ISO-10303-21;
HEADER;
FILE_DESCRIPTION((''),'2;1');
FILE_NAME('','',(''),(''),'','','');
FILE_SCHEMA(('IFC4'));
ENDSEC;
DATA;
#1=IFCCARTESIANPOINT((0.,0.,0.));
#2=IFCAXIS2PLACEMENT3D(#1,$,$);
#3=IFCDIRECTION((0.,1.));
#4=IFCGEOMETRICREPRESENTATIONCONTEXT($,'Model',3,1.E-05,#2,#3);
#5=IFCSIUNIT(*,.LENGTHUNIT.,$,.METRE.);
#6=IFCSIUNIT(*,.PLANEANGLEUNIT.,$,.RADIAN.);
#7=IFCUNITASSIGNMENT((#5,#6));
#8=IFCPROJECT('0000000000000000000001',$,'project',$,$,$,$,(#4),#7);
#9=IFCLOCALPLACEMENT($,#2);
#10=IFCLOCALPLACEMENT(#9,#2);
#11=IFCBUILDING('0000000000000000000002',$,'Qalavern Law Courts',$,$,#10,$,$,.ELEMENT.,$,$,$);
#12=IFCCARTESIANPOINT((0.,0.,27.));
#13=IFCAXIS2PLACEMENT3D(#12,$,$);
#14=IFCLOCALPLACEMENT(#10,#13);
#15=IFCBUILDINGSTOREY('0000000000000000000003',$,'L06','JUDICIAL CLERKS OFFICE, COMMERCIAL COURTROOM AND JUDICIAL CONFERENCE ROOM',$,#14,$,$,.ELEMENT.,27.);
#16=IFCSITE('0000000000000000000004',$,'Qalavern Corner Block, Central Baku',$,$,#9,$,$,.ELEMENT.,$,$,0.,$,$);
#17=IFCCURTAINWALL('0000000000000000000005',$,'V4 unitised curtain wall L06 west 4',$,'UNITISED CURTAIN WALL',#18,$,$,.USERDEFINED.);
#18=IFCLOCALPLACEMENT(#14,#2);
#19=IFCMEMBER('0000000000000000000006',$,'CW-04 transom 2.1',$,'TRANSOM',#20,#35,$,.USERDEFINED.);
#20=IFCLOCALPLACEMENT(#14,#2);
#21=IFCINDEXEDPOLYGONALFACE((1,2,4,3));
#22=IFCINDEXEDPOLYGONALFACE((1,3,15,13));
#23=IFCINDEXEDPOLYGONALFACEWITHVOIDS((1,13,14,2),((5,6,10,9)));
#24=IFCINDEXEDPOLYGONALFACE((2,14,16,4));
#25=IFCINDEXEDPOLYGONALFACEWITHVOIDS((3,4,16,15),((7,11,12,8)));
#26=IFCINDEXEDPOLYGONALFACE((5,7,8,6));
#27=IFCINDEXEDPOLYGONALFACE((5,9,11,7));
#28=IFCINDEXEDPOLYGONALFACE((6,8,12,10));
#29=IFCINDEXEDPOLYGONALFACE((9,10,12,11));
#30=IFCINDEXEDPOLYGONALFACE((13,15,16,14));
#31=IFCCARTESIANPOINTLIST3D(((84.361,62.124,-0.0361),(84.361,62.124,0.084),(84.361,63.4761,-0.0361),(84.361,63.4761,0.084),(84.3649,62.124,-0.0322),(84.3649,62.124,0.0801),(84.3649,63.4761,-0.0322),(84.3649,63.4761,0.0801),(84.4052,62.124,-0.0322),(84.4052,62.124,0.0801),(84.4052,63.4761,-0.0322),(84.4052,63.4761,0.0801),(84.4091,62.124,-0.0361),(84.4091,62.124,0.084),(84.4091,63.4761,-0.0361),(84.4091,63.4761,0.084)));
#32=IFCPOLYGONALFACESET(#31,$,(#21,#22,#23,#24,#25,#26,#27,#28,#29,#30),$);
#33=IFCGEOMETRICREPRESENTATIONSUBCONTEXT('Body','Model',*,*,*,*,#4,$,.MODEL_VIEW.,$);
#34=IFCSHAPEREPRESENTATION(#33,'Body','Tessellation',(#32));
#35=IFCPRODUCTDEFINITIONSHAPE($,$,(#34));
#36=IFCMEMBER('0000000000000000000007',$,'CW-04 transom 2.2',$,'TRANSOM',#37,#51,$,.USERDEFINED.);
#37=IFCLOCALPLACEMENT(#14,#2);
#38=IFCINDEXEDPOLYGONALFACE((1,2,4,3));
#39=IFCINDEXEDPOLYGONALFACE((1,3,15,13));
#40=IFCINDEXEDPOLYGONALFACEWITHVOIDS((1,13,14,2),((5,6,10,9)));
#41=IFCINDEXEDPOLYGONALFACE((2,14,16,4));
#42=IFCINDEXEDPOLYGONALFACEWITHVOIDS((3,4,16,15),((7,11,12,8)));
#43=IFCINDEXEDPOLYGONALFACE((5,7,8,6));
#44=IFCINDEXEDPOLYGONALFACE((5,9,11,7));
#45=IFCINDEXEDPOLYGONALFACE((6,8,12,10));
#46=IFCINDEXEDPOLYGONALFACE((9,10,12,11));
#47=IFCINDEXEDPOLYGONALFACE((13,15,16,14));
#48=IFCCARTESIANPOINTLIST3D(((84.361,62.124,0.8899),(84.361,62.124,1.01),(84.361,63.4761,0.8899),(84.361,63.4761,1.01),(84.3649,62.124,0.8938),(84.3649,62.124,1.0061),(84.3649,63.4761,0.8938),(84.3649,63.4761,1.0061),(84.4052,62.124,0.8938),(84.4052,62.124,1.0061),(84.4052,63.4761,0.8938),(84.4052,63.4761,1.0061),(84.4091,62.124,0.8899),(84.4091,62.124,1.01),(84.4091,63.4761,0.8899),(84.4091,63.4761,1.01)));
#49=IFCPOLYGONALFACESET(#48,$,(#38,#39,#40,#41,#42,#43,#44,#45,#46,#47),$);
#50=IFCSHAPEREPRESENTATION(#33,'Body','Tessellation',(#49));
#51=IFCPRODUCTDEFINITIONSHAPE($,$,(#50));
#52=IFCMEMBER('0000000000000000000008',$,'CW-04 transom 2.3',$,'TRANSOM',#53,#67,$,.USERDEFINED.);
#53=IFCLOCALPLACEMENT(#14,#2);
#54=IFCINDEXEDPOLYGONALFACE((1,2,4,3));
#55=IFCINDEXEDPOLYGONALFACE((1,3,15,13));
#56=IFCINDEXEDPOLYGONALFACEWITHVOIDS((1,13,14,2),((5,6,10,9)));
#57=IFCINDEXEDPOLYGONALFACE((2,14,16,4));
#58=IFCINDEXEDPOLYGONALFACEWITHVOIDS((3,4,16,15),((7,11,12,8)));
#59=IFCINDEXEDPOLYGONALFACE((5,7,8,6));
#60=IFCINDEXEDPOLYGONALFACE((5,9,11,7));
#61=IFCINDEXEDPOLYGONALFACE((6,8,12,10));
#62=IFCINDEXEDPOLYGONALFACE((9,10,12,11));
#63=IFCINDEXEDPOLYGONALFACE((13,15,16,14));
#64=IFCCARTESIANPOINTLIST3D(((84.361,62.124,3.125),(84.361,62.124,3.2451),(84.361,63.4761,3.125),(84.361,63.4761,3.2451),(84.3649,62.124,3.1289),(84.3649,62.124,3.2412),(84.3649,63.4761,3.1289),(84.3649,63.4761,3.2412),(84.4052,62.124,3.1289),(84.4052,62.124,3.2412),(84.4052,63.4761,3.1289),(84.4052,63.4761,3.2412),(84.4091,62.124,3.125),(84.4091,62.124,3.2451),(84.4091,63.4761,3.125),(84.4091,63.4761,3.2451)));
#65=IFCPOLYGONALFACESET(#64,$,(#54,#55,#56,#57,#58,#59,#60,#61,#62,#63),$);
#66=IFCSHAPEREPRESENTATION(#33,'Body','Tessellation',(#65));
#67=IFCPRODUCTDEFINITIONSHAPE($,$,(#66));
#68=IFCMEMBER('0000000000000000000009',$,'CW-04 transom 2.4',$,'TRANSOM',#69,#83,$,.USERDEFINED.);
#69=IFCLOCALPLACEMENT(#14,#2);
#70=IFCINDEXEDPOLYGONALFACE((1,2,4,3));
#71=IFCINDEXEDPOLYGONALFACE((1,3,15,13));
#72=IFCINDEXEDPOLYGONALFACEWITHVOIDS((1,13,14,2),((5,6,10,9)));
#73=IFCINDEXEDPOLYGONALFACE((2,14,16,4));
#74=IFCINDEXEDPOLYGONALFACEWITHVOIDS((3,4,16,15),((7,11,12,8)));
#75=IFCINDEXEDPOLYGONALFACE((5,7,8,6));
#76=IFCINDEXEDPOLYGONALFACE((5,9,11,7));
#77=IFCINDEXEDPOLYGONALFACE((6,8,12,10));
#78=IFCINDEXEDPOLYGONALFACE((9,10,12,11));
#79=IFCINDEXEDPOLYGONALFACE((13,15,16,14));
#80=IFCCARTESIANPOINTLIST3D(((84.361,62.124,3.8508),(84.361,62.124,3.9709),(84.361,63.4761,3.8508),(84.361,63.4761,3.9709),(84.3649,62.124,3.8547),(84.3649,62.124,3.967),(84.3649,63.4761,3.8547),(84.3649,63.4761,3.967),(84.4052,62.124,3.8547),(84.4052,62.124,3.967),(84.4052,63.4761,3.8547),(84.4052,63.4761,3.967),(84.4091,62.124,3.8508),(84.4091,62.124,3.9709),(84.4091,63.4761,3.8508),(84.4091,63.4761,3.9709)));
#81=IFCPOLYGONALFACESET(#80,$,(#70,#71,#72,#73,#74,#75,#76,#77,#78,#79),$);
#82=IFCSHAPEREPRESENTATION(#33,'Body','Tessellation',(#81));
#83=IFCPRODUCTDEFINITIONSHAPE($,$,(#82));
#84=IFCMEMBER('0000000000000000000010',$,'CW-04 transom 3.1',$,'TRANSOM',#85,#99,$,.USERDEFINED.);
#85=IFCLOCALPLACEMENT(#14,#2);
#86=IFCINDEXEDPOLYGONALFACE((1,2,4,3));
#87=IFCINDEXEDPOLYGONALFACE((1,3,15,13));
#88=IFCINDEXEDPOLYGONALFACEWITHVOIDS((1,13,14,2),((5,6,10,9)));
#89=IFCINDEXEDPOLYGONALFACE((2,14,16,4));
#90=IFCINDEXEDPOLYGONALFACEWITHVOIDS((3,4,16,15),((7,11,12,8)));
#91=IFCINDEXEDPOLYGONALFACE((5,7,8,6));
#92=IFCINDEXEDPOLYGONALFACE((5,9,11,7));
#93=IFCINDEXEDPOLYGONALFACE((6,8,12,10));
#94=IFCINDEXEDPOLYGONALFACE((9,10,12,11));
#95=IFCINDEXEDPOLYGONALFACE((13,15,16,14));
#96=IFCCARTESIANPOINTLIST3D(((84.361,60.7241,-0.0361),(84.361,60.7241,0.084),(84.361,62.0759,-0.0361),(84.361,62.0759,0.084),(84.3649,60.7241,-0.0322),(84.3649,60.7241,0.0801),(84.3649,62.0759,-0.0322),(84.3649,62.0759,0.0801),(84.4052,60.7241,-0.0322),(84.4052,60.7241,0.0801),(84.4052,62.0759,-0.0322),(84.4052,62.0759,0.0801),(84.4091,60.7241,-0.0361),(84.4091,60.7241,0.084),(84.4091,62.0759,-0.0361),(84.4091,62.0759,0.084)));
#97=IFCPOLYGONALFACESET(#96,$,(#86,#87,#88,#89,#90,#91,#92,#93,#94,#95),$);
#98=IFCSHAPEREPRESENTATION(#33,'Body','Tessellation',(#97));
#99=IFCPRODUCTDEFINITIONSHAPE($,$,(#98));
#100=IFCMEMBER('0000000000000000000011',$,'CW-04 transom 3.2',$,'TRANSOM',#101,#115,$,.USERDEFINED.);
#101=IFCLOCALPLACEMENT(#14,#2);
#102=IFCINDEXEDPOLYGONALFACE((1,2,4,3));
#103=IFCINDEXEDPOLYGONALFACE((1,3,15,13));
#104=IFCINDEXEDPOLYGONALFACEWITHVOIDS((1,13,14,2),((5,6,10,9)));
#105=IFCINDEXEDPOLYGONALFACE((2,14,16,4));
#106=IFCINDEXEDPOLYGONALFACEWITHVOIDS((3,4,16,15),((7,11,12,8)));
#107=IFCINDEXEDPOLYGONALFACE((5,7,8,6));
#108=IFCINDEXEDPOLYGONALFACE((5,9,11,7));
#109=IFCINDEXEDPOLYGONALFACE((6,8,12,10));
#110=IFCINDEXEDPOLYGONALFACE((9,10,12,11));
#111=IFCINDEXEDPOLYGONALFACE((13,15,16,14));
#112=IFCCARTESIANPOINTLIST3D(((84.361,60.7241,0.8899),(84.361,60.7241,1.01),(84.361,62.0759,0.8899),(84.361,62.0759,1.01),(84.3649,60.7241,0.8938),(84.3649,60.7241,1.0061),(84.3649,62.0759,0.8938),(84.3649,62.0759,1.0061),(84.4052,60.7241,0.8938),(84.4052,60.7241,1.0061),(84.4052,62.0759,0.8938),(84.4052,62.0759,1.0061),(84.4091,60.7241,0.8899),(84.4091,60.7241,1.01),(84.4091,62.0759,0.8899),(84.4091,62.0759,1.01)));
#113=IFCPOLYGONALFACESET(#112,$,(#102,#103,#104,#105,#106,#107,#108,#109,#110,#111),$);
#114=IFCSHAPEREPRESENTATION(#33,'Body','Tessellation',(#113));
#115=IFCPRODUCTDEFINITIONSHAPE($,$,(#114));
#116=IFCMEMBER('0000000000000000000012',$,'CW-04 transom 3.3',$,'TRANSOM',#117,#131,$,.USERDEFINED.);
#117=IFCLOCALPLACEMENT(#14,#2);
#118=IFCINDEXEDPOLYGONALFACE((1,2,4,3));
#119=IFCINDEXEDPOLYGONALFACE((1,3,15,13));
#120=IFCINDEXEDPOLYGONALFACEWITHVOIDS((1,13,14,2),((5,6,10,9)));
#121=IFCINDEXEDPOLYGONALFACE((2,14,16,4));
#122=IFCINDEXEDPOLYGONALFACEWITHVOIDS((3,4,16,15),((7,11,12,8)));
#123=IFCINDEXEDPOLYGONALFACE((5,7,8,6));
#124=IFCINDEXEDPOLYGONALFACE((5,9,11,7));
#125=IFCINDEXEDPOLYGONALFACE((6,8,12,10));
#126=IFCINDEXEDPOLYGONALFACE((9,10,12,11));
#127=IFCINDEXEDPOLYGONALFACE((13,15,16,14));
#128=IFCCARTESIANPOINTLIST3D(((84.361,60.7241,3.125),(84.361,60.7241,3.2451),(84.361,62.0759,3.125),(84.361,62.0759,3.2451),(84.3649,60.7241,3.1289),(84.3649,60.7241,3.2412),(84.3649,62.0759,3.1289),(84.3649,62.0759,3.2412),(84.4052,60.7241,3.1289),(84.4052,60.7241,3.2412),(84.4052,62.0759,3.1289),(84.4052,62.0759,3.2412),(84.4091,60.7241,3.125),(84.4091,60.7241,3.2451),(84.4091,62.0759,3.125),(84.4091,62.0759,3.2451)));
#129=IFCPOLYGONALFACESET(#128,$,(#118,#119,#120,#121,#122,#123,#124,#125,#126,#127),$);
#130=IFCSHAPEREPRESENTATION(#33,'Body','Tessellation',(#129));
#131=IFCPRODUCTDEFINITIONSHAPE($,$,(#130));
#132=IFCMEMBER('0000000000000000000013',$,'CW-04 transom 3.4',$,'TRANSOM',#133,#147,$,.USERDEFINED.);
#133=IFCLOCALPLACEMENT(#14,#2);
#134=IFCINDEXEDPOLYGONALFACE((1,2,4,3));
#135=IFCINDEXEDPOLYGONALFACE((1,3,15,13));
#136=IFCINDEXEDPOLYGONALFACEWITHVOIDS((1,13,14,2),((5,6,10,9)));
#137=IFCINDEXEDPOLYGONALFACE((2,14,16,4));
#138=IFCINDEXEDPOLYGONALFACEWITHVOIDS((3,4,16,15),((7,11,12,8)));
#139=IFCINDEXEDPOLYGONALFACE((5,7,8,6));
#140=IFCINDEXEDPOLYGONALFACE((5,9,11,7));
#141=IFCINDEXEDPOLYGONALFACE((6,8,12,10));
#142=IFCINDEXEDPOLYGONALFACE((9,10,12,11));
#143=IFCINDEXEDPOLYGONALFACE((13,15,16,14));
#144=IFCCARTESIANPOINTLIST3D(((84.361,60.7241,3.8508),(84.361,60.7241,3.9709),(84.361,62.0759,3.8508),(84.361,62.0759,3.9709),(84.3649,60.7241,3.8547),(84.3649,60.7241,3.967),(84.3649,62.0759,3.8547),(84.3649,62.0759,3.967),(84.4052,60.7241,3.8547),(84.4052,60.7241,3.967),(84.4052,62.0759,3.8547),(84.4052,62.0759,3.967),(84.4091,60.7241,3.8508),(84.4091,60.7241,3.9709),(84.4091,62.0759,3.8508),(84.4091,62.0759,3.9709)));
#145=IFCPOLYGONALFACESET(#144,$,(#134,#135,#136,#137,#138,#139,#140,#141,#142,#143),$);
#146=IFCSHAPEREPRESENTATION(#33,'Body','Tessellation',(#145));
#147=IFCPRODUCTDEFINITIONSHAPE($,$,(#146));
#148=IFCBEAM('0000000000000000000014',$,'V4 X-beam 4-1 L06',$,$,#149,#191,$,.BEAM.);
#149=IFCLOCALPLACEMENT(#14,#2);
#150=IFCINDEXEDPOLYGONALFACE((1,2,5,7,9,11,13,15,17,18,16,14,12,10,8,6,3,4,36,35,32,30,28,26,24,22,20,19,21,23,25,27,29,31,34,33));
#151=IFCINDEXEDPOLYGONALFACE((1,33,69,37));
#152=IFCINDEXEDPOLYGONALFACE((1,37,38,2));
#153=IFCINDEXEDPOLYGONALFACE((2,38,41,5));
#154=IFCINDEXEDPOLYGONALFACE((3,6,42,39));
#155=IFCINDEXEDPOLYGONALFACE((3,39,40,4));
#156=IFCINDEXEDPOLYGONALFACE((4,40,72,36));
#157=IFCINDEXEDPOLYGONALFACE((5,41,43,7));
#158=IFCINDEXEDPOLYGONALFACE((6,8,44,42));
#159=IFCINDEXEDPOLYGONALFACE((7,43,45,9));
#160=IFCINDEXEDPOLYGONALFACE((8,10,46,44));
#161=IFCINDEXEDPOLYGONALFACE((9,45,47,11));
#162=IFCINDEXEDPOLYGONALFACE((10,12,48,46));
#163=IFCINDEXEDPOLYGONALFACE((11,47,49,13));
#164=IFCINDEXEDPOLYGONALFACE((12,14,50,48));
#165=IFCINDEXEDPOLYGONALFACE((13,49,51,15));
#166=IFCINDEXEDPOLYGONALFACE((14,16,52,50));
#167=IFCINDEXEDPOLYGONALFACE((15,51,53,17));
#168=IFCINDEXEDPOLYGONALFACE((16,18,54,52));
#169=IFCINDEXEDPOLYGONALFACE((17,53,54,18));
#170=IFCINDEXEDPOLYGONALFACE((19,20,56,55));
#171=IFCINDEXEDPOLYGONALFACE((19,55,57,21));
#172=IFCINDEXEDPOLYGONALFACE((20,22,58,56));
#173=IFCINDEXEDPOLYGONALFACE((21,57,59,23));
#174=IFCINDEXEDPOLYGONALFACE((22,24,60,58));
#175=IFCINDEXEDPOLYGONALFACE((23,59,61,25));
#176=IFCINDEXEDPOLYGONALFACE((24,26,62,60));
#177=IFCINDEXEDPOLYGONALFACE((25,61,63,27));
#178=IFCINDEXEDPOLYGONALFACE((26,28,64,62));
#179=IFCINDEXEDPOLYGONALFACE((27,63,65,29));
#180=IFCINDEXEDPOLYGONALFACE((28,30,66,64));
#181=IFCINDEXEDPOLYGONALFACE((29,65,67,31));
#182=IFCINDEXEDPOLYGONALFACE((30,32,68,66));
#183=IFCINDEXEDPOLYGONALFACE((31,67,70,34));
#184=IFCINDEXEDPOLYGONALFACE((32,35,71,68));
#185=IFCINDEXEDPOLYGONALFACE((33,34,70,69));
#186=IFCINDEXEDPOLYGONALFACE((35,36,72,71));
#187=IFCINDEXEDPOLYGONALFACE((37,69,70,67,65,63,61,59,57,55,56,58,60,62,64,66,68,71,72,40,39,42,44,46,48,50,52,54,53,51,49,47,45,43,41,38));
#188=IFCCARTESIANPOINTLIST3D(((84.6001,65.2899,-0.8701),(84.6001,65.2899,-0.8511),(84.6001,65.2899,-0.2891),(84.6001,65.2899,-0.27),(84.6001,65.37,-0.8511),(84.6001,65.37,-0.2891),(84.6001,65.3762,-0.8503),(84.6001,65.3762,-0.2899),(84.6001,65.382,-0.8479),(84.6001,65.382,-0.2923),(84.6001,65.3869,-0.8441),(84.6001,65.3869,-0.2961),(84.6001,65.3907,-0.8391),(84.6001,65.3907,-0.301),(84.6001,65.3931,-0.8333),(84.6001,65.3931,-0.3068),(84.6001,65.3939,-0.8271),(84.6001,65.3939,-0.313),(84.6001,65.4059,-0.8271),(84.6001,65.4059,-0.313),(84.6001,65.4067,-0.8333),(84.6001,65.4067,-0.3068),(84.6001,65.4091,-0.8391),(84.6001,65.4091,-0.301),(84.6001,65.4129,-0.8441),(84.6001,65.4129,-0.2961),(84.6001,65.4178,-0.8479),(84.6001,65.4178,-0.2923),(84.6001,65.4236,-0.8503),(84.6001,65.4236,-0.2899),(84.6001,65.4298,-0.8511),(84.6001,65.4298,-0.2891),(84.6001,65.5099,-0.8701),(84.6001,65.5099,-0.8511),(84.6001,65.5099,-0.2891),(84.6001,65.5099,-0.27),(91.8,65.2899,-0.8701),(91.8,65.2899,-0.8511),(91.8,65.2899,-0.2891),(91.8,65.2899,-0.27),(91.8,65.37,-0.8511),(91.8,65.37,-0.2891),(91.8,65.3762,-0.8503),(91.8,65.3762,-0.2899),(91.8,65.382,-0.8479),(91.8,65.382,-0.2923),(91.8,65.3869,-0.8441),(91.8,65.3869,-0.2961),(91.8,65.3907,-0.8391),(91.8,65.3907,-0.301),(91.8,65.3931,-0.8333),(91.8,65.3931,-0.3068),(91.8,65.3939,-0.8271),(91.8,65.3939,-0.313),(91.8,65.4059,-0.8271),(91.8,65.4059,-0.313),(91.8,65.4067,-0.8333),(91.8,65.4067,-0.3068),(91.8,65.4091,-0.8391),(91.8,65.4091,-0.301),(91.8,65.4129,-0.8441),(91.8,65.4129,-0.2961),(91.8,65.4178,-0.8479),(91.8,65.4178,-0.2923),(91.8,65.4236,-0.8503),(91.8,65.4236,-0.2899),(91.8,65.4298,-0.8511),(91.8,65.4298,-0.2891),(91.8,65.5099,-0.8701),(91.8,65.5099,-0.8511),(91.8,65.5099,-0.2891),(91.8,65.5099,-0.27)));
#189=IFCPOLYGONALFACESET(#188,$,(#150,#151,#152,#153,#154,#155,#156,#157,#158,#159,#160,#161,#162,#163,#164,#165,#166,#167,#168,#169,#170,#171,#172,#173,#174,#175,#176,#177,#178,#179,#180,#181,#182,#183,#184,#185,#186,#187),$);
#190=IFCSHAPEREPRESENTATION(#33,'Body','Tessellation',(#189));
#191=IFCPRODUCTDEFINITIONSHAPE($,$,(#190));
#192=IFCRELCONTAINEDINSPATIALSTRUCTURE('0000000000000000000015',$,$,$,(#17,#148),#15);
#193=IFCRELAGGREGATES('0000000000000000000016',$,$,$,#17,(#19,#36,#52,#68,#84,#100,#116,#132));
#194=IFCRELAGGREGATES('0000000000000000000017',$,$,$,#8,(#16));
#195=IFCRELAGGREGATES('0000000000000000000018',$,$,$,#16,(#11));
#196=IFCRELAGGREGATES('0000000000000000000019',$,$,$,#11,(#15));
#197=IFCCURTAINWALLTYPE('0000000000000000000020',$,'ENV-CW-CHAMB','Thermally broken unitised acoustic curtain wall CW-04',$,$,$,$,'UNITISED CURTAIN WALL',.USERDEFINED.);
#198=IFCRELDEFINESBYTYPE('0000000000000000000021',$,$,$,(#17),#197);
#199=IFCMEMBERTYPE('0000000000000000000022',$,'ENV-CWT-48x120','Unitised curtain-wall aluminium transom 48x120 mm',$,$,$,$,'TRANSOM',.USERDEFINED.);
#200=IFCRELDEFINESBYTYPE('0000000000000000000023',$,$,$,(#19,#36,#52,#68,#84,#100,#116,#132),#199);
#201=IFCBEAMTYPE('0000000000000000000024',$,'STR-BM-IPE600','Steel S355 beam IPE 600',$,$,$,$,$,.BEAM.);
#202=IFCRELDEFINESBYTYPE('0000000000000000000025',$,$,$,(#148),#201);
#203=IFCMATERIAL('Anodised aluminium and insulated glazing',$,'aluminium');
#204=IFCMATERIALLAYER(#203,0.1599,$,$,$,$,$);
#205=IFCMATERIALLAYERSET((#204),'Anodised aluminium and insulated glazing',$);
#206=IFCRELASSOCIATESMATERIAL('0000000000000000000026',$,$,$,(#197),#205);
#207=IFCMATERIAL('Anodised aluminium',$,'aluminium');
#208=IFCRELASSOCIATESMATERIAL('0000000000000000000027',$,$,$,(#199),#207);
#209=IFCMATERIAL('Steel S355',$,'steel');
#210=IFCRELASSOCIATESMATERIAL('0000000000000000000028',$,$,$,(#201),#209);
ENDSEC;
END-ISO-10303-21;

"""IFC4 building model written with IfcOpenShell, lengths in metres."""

from ifc_helpers import new_model, si_unit, direction, frame, origin, origin_2d, place, context, subcontext, project, spatial, hollow_rectangle, i_section, extrude, material, layer, layer_set, material_profile, profile_set, type_object, element, aggregate, save


model = new_model("IFC4")

# Units and contexts
model_context = context("Model", 3, precision=1e-05, world=origin(), true_north=direction((0.0, 1.0)))
body_context = subcontext(model_context, "Body", "Model", "MODEL_VIEW")
ifc_project = project(units=[si_unit("LENGTHUNIT", "METRE"), si_unit("PLANEANGLEUNIT", "RADIAN")], contexts=[model_context])

# Site, building, storey
site_placement = place(None, origin())
site = spatial("IfcSite", under=ifc_project, at=site_placement, Name="Qalavern Corner Block, Central Baku", CompositionType="ELEMENT", RefElevation=0.0)
building_placement = place(site_placement, origin())
building = spatial("IfcBuilding", under=site, at=building_placement, Name="Qalavern Law Courts", CompositionType="ELEMENT")
storey_placement = place(building_placement, frame((0.0, 0.0, 27.0)))
storey = spatial("IfcBuildingStorey", under=building, at=storey_placement, Name="L06", Description="JUDICIAL CLERKS OFFICE, COMMERCIAL COURTROOM AND JUDICIAL CONFERENCE ROOM", CompositionType="ELEMENT", Elevation=27.0)

# Shared definitions
ifc_material_1 = material(Name="Anodised aluminium and insulated glazing", Category="aluminium")
ifc_layer_1 = layer(ifc_material_1, 0.1599)
ifc_layer_set_1 = layer_set([ifc_layer_1], Name="Anodised aluminium and insulated glazing")
curtain_wall_type = type_object("IfcCurtainWallType", Name="ENV-CW-CHAMB", Description="Thermally broken unitised acoustic curtain wall CW-04", ElementType="UNITISED CURTAIN WALL", PredefinedType="USERDEFINED", material=ifc_layer_set_1)
ifc_material_2 = material(Name="Anodised aluminium", Category="aluminium")

# Curtain wall
curtain_wall_1_placement = place(storey_placement, origin())
curtain_wall_1 = element("IfcCurtainWall", 1, at=curtain_wall_1_placement, inside=storey, type_object=curtain_wall_type, Name="V4 unitised curtain wall L06 west 4", ObjectType="UNITISED CURTAIN WALL", PredefinedType="USERDEFINED")

# Members
ifc_material_profile_1 = material_profile(ifc_material_2, hollow_rectangle(XDim=0.0481, YDim=0.1201, WallThickness=0.0039, at=origin_2d()), Name="ALU TRANSOM 48x120")
ifc_profile_set_1 = profile_set([ifc_material_profile_1], Name="Anodised aluminium")
member_type_1 = type_object("IfcMemberType", Name="ENV-CWT-48x120", Description="Unitised curtain-wall aluminium transom 48x120 mm", ElementType="TRANSOM", PredefinedType="USERDEFINED", material=ifc_profile_set_1)
member_1_placement = place(storey_placement, frame((84.385, 63.4761, 0.0239), z_axis=(0.0, -1.0, 0.0), x_axis=(1.0, 0.0, 0.0)))
member_1 = element("IfcMember", 2, at=member_1_placement, type_object=member_type_1, Name="CW-04 transom 2.1", ObjectType="TRANSOM", PredefinedType="USERDEFINED", context=body_context, shape_type="SweptSolid", body=[
    extrude(hollow_rectangle(XDim=0.0481, YDim=0.1201, WallThickness=0.0039, at=origin_2d()), origin(), (0.0, 0.0, 1.0), 1.3521),
])
member_2_placement = place(storey_placement, frame((84.385, 63.4761, 0.95), z_axis=(0.0, -1.0, 0.0), x_axis=(1.0, 0.0, 0.0)))
member_2 = element("IfcMember", 3, at=member_2_placement, type_object=member_type_1, Name="CW-04 transom 2.2", ObjectType="TRANSOM", PredefinedType="USERDEFINED", context=body_context, shape_type="SweptSolid", body=[
    extrude(hollow_rectangle(XDim=0.0481, YDim=0.1201, WallThickness=0.0039, at=origin_2d()), origin(), (0.0, 0.0, 1.0), 1.3521),
])
member_3_placement = place(storey_placement, frame((84.385, 63.4761, 3.1851), z_axis=(0.0, -1.0, 0.0), x_axis=(1.0, 0.0, 0.0)))
member_3 = element("IfcMember", 4, at=member_3_placement, type_object=member_type_1, Name="CW-04 transom 2.3", ObjectType="TRANSOM", PredefinedType="USERDEFINED", context=body_context, shape_type="SweptSolid", body=[
    extrude(hollow_rectangle(XDim=0.0481, YDim=0.1201, WallThickness=0.0039, at=origin_2d()), origin(), (0.0, 0.0, 1.0), 1.3521),
])
member_4_placement = place(storey_placement, frame((84.385, 63.4761, 3.9109), z_axis=(0.0, -1.0, 0.0), x_axis=(1.0, 0.0, 0.0)))
member_4 = element("IfcMember", 5, at=member_4_placement, type_object=member_type_1, Name="CW-04 transom 2.4", ObjectType="TRANSOM", PredefinedType="USERDEFINED", context=body_context, shape_type="SweptSolid", body=[
    extrude(hollow_rectangle(XDim=0.0481, YDim=0.1201, WallThickness=0.0039, at=origin_2d()), origin(), (0.0, 0.0, 1.0), 1.3521),
])
member_5_placement = place(storey_placement, frame((84.385, 62.0759, 0.0239), z_axis=(0.0, -1.0, 0.0), x_axis=(1.0, 0.0, 0.0)))
member_5 = element("IfcMember", 6, at=member_5_placement, type_object=member_type_1, Name="CW-04 transom 3.1", ObjectType="TRANSOM", PredefinedType="USERDEFINED", context=body_context, shape_type="SweptSolid", body=[
    extrude(hollow_rectangle(XDim=0.0481, YDim=0.1201, WallThickness=0.0039, at=origin_2d()), origin(), (0.0, 0.0, 1.0), 1.3518),
])
member_6_placement = place(storey_placement, frame((84.385, 62.0759, 0.95), z_axis=(0.0, -1.0, 0.0), x_axis=(1.0, 0.0, 0.0)))
member_6 = element("IfcMember", 7, at=member_6_placement, type_object=member_type_1, Name="CW-04 transom 3.2", ObjectType="TRANSOM", PredefinedType="USERDEFINED", context=body_context, shape_type="SweptSolid", body=[
    extrude(hollow_rectangle(XDim=0.0481, YDim=0.1201, WallThickness=0.0039, at=origin_2d()), origin(), (0.0, 0.0, 1.0), 1.3518),
])
member_7_placement = place(storey_placement, frame((84.385, 62.0759, 3.1851), z_axis=(0.0, -1.0, 0.0), x_axis=(1.0, 0.0, 0.0)))
member_7 = element("IfcMember", 8, at=member_7_placement, type_object=member_type_1, Name="CW-04 transom 3.3", ObjectType="TRANSOM", PredefinedType="USERDEFINED", context=body_context, shape_type="SweptSolid", body=[
    extrude(hollow_rectangle(XDim=0.0481, YDim=0.1201, WallThickness=0.0039, at=origin_2d()), origin(), (0.0, 0.0, 1.0), 1.3518),
])
member_8_placement = place(storey_placement, frame((84.385, 62.0759, 3.9109), z_axis=(0.0, -1.0, 0.0), x_axis=(1.0, 0.0, 0.0)))
member_8 = element("IfcMember", 9, at=member_8_placement, type_object=member_type_1, Name="CW-04 transom 3.4", ObjectType="TRANSOM", PredefinedType="USERDEFINED", context=body_context, shape_type="SweptSolid", body=[
    extrude(hollow_rectangle(XDim=0.0481, YDim=0.1201, WallThickness=0.0039, at=origin_2d()), origin(), (0.0, 0.0, 1.0), 1.3518),
])

# Beam
ifc_material_3 = material(Name="Steel S355", Category="steel")
ifc_material_profile_2 = material_profile(ifc_material_3, i_section(OverallWidth=0.22, OverallDepth=0.6001, WebThickness=0.012, FlangeThickness=0.019, FilletRadius=0.0239, at=origin_2d()), Name="IPE 600")
ifc_profile_set_2 = profile_set([ifc_material_profile_2], Name="Steel S355")
beam_type_1 = type_object("IfcBeamType", Name="STR-BM-IPE600", Description="Steel S355 beam IPE 600", PredefinedType="BEAM", material=ifc_profile_set_2)
beam_1_placement = place(storey_placement, frame((84.6001, 65.3999, -0.5701), z_axis=(1.0, 0.0, 0.0), x_axis=(0.0, 1.0, 0.0)))
element("IfcBeam", 10, at=beam_1_placement, inside=storey, type_object=beam_type_1, Name="V4 X-beam 4-1 L06", PredefinedType="BEAM", context=body_context, shape_type="SweptSolid", body=[
    extrude(i_section(OverallWidth=0.22, OverallDepth=0.6001, WebThickness=0.012, FlangeThickness=0.019, FilletRadius=0.0239, at=origin_2d()), origin(), (0.0, 0.0, 1.0), 7.2),
])

aggregate(curtain_wall_1, [member_1, member_2, member_3, member_4, member_5, member_6, member_7, member_8])

save(model, "model.ifc")
